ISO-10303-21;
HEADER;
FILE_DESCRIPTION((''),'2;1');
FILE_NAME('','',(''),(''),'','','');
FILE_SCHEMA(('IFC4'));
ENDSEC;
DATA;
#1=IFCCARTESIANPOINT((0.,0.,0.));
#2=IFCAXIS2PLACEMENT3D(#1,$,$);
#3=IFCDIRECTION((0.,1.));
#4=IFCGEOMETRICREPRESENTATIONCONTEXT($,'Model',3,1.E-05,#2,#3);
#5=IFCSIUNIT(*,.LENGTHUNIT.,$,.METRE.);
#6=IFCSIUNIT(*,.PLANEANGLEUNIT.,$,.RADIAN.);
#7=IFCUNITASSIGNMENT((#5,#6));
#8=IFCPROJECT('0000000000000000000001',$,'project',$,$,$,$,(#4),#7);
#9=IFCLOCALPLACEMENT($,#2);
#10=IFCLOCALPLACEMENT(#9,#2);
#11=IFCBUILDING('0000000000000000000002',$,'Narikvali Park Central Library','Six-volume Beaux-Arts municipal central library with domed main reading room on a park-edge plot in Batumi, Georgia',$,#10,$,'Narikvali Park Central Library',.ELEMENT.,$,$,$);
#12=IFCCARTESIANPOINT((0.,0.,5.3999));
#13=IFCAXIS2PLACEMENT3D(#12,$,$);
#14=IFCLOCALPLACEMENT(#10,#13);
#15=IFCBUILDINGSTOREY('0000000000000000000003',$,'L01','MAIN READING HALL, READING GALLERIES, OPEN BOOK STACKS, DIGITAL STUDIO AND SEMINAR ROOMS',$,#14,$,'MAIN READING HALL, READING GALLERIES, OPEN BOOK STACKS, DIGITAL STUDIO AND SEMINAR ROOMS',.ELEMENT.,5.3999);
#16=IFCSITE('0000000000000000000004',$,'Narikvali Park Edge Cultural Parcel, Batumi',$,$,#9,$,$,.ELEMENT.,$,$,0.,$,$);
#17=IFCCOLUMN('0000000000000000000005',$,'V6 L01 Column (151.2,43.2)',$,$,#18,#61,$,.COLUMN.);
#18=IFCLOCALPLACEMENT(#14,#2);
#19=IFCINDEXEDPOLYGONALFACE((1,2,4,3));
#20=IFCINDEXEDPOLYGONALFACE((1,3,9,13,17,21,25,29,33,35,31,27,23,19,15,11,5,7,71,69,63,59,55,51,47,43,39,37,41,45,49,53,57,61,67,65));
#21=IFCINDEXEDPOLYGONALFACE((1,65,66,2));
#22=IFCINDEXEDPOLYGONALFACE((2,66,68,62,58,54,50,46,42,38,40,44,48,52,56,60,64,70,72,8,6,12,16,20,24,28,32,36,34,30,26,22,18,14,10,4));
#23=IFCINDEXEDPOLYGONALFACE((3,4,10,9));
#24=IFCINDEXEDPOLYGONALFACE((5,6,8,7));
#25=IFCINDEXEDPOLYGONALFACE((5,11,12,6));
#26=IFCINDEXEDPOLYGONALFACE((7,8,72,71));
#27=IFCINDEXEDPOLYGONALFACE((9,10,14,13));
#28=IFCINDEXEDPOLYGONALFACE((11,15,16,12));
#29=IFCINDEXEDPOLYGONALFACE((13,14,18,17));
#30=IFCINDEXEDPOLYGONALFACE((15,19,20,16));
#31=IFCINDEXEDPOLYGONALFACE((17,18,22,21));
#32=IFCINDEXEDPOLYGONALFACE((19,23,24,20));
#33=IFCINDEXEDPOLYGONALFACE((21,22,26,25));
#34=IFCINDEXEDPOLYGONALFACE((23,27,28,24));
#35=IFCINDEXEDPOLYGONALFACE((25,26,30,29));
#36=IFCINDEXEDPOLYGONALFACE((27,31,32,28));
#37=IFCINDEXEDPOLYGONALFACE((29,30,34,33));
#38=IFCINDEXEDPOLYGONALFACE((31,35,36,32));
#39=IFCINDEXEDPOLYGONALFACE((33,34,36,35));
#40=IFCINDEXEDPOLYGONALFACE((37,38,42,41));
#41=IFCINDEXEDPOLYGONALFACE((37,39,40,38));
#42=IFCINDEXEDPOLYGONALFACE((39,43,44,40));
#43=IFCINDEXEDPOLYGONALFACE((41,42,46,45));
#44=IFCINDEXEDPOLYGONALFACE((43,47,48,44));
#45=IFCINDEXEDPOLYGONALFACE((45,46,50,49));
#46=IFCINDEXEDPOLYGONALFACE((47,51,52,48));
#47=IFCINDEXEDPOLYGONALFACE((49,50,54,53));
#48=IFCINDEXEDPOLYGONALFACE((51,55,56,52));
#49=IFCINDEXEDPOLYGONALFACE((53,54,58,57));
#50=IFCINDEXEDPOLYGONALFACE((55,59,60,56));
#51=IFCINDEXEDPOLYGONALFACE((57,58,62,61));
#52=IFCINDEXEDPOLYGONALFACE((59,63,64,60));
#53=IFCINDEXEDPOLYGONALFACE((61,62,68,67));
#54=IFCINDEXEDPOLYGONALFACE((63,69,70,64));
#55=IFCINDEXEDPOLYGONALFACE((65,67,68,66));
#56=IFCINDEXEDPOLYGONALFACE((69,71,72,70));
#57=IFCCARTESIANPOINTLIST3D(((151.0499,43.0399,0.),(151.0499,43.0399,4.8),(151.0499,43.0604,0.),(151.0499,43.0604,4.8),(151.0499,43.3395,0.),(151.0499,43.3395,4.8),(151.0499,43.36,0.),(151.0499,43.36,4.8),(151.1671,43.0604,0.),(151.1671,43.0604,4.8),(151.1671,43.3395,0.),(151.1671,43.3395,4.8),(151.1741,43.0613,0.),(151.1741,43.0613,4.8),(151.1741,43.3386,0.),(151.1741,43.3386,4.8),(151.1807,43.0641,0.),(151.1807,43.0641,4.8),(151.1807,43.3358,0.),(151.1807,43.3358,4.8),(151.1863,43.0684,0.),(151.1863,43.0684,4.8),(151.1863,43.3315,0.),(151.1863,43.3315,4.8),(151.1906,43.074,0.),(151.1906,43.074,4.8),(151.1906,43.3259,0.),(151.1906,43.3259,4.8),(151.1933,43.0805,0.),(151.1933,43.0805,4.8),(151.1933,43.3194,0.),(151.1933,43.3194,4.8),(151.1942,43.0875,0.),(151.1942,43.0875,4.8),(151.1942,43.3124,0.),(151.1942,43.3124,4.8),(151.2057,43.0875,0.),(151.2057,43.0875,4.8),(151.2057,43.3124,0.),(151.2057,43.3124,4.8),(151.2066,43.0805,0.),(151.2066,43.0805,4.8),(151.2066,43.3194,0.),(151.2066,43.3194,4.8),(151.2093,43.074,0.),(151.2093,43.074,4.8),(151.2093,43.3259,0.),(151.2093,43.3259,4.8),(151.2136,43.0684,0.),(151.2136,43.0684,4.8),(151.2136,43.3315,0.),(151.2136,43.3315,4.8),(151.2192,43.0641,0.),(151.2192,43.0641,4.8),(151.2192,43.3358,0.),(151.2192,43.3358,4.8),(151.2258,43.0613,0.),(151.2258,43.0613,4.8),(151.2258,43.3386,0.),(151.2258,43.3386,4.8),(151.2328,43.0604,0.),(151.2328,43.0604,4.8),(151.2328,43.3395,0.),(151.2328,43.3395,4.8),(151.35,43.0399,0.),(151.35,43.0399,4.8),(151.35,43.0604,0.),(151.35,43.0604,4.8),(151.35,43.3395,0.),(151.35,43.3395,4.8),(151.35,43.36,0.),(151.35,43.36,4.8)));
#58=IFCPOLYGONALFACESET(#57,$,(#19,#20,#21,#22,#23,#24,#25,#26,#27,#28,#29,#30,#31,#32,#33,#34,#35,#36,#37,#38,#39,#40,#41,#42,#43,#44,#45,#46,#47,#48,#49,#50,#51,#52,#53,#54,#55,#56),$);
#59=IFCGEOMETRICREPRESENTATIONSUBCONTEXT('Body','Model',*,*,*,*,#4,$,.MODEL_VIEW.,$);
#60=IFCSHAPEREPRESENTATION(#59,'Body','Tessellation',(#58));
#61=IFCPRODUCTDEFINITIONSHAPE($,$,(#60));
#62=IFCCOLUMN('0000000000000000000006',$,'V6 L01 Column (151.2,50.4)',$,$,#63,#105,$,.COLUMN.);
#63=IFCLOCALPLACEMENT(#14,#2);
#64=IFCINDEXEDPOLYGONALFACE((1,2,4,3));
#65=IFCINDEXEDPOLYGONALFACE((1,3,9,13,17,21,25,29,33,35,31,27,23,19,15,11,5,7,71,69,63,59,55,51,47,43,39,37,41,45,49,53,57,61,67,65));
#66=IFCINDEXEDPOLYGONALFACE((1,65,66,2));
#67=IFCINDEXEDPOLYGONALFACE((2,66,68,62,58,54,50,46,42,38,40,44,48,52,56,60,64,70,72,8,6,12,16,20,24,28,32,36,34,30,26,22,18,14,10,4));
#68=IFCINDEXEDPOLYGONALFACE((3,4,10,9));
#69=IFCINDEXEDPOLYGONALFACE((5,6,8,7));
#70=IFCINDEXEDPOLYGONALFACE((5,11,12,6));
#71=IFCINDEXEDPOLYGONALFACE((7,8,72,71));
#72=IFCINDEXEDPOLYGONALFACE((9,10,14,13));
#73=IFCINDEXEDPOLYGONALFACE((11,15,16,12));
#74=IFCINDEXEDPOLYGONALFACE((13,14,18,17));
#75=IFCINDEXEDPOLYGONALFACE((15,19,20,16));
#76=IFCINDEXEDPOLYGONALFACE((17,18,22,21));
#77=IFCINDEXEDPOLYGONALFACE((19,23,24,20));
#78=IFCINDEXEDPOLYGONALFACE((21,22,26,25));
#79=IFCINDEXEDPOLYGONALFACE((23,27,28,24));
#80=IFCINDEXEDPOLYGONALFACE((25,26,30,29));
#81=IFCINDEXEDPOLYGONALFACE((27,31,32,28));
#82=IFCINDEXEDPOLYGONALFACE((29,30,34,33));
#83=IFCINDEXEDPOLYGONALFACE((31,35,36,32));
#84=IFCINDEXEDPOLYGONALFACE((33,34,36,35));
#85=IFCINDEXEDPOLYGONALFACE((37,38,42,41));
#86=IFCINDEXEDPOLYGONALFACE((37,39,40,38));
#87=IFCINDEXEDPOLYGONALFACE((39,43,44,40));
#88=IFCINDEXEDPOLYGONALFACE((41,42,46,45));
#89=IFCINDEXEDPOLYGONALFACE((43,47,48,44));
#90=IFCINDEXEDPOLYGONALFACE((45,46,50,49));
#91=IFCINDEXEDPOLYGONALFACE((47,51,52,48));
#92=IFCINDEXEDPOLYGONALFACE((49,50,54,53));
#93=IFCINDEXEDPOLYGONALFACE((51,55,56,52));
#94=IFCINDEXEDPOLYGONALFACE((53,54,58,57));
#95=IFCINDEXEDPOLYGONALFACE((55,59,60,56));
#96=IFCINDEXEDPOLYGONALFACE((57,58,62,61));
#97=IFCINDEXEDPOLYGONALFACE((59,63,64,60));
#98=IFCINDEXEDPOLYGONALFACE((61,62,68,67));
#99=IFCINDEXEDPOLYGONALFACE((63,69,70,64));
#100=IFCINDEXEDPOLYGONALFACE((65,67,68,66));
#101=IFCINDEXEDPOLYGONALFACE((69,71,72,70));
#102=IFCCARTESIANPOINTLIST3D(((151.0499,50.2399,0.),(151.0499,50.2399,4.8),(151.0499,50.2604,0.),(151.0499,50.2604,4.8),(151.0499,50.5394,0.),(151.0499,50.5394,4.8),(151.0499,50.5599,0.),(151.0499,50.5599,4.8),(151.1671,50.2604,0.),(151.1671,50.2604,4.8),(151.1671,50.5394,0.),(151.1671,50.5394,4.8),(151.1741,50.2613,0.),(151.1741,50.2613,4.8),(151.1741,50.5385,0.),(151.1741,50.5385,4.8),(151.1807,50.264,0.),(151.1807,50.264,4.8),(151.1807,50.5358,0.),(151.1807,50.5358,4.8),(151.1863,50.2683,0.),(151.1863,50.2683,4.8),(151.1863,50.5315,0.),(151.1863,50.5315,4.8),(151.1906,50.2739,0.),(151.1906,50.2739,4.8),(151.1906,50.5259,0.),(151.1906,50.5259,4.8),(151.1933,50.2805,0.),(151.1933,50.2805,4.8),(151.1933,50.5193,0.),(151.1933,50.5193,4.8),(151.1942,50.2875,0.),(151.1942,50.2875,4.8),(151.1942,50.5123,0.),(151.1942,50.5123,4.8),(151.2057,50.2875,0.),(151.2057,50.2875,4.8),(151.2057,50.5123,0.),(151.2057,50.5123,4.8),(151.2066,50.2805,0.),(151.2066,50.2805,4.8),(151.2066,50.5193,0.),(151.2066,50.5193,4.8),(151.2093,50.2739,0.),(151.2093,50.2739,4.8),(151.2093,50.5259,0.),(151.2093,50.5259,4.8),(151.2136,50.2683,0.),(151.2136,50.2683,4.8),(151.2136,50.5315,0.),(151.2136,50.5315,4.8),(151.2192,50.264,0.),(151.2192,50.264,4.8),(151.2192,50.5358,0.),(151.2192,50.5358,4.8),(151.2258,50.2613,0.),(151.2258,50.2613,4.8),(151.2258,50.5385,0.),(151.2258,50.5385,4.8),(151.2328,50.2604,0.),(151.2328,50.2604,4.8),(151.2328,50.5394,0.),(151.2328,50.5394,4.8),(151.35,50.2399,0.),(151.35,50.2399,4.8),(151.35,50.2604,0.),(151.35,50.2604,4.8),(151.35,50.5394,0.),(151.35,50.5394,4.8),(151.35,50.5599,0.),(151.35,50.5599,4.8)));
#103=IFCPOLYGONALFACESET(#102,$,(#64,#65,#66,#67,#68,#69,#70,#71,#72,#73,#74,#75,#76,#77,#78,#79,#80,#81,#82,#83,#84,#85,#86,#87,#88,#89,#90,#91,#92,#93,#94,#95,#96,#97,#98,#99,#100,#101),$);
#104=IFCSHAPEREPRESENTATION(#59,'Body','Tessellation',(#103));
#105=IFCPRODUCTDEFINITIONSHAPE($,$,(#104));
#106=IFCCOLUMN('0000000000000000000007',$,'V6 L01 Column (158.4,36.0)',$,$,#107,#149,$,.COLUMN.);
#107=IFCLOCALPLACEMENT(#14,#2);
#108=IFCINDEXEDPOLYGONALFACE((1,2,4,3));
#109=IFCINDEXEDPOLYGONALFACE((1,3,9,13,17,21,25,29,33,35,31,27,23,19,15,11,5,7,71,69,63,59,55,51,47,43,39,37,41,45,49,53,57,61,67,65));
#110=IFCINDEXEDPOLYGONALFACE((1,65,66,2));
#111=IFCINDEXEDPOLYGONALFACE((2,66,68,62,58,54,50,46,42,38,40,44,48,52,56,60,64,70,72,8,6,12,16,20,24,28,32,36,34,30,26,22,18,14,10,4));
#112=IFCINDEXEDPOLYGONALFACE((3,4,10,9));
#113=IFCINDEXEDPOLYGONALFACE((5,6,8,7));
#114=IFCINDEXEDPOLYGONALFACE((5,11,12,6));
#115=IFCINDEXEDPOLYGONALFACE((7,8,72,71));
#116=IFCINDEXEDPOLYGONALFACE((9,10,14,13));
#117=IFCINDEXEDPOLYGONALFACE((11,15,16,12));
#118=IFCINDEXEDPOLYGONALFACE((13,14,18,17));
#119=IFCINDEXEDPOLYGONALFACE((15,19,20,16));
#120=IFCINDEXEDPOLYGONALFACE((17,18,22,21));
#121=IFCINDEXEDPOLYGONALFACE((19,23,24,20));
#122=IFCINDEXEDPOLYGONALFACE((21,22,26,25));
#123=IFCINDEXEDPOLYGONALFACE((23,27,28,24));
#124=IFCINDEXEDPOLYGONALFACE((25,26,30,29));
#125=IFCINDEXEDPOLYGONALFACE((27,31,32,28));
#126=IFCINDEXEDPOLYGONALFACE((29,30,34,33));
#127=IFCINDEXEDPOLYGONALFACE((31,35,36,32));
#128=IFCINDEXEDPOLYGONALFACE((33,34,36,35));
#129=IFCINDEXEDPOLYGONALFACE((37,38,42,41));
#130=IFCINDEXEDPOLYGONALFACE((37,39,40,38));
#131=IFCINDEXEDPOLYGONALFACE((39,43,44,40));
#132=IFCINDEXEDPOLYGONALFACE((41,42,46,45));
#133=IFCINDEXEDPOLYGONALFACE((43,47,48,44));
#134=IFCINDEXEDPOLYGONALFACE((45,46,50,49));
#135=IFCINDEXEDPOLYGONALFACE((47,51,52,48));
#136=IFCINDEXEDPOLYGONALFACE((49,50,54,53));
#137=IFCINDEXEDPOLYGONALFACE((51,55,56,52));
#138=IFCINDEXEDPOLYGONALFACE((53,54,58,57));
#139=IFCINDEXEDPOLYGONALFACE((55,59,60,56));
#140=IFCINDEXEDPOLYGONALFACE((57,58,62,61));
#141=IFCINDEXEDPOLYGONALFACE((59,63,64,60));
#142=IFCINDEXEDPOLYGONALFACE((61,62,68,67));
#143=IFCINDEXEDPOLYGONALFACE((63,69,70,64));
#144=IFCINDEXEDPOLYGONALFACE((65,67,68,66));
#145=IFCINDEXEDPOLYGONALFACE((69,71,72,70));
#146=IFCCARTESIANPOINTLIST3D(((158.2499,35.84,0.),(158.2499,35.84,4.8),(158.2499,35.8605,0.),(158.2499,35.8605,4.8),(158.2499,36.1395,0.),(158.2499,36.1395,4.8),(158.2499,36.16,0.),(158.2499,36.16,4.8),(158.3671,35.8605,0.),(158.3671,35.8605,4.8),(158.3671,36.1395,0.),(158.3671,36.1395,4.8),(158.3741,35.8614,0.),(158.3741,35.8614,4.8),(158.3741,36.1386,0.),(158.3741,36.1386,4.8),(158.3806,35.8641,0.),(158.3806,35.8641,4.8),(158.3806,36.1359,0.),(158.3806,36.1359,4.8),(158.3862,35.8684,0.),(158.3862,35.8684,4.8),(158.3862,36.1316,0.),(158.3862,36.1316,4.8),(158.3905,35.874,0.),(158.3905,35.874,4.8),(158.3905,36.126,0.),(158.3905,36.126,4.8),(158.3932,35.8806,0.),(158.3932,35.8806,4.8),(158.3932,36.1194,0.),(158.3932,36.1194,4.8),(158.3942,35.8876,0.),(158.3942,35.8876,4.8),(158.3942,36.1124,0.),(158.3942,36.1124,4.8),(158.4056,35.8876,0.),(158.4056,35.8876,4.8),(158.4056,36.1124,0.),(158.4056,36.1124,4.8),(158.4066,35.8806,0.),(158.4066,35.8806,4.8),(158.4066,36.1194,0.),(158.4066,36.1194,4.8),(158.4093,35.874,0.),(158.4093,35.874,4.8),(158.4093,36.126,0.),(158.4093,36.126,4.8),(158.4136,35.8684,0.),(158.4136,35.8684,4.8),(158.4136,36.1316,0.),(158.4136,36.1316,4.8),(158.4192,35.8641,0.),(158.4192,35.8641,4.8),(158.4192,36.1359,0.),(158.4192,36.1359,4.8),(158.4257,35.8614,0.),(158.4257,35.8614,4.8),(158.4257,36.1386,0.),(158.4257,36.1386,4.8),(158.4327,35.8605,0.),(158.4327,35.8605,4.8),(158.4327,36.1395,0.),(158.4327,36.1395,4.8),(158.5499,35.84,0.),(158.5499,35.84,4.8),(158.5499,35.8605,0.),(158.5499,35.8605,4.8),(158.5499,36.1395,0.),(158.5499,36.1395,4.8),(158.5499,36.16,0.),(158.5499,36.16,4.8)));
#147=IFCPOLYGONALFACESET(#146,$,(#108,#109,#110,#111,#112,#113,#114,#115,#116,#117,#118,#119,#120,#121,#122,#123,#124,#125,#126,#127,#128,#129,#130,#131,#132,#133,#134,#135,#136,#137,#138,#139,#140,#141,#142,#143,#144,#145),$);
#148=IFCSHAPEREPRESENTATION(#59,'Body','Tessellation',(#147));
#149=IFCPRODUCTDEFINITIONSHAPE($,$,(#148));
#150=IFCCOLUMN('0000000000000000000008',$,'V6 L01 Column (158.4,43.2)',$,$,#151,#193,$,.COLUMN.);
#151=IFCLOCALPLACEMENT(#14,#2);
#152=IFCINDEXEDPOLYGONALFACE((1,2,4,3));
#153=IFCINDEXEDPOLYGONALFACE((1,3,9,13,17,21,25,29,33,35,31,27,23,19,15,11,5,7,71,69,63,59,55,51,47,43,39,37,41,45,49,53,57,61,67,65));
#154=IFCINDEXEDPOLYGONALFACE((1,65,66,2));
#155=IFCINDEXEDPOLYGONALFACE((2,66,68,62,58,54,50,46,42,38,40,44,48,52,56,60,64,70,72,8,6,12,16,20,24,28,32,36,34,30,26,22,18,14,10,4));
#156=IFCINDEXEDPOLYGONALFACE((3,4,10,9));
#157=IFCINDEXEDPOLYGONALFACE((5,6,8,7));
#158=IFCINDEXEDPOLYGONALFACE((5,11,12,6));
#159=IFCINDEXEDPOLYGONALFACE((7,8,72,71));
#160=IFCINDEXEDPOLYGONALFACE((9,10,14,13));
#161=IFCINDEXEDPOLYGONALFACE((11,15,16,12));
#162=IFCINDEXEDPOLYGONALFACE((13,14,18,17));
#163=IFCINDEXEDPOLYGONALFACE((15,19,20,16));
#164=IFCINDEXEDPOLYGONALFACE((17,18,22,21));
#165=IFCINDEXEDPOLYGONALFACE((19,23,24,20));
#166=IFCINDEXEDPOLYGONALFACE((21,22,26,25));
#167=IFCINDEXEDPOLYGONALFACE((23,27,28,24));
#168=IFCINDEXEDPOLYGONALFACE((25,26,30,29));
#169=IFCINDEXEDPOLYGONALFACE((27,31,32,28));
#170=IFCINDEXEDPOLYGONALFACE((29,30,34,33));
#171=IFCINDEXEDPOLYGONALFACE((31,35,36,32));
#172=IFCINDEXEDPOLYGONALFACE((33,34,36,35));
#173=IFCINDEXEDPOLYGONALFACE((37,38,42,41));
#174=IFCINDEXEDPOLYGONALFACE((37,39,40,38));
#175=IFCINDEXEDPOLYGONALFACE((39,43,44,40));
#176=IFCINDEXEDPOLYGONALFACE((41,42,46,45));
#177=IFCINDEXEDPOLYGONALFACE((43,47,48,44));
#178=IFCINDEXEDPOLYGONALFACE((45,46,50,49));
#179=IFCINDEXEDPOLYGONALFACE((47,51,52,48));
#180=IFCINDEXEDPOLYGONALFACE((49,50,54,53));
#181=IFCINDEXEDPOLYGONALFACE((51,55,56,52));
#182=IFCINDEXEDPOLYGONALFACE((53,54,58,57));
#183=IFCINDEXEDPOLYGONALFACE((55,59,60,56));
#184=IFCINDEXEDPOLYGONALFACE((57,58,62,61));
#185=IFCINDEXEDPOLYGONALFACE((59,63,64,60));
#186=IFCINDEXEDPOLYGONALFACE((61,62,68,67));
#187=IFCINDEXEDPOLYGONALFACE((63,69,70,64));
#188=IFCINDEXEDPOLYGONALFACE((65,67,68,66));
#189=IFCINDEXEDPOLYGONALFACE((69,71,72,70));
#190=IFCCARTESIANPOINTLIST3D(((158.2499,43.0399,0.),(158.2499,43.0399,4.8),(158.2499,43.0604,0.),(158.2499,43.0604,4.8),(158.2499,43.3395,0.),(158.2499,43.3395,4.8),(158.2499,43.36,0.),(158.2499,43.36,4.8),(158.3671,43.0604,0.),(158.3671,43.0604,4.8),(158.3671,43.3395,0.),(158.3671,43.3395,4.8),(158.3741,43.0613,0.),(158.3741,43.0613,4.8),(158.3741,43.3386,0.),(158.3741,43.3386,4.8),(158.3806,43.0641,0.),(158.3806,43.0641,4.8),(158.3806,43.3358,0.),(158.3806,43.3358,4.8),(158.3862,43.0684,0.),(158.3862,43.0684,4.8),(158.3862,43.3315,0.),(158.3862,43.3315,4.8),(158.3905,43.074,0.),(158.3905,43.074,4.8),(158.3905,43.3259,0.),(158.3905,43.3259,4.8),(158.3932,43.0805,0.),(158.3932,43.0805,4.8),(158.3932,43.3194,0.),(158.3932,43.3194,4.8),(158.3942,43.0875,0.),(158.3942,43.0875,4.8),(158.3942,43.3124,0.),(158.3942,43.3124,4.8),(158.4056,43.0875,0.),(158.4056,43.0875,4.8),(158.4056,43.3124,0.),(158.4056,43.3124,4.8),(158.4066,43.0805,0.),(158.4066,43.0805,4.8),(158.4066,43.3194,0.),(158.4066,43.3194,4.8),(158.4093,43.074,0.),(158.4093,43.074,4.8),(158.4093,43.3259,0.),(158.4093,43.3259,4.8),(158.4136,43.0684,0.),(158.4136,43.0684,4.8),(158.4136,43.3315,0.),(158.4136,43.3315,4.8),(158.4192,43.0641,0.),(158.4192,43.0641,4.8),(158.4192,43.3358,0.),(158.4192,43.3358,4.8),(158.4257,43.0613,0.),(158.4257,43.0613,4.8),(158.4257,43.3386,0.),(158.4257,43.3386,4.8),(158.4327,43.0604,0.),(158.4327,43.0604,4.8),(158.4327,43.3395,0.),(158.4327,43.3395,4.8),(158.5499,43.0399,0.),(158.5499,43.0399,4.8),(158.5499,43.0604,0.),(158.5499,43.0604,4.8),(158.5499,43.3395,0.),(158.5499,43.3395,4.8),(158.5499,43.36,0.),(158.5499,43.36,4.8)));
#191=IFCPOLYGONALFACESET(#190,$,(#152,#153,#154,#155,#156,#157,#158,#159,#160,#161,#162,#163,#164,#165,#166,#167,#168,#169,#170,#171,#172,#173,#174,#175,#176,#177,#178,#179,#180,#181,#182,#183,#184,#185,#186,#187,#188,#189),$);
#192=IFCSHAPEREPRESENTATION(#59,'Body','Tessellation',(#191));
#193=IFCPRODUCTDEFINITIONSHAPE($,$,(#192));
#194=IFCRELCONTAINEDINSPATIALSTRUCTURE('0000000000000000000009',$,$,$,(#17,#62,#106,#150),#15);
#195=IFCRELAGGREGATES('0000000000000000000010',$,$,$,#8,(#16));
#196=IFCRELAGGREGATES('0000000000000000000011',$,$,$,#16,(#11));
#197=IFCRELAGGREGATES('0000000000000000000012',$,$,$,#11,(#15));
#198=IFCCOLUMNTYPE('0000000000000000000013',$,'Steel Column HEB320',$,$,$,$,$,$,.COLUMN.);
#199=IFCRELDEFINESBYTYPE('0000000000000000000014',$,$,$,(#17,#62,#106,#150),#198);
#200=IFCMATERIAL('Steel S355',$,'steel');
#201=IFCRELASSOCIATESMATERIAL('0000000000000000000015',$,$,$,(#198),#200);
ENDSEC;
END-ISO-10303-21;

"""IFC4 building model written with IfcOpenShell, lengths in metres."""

from ifc_helpers import new_model, si_unit, direction, frame, origin, origin_2d, place, context, subcontext, project, spatial, i_section, extrude, material, material_profile, profile_set, type_object, element, save


model = new_model("IFC4")

# Units and contexts
model_context = context("Model", 3, precision=1e-05, world=origin(), true_north=direction((0.0, 1.0)))
body_context = subcontext(model_context, "Body", "Model", "MODEL_VIEW")
ifc_project = project(units=[si_unit("LENGTHUNIT", "METRE"), si_unit("PLANEANGLEUNIT", "RADIAN")], contexts=[model_context])

# Site, building, storey
site_placement = place(None, origin())
site = spatial("IfcSite", under=ifc_project, at=site_placement, Name="Narikvali Park Edge Cultural Parcel, Batumi", CompositionType="ELEMENT", RefElevation=0.0)
building_placement = place(site_placement, origin())
building = spatial("IfcBuilding", under=site, at=building_placement, Name="Narikvali Park Central Library", Description="Six-volume Beaux-Arts municipal central library with domed main reading room on a park-edge plot in Batumi, Georgia", LongName="Narikvali Park Central Library", CompositionType="ELEMENT")
storey_placement = place(building_placement, frame((0.0, 0.0, 5.3999)))
storey = spatial("IfcBuildingStorey", under=building, at=storey_placement, Name="L01", Description="MAIN READING HALL, READING GALLERIES, OPEN BOOK STACKS, DIGITAL STUDIO AND SEMINAR ROOMS", LongName="MAIN READING HALL, READING GALLERIES, OPEN BOOK STACKS, DIGITAL STUDIO AND SEMINAR ROOMS", CompositionType="ELEMENT", Elevation=5.3999)

# Columns
ifc_material_1 = material(Name="Steel S355", Category="steel")
ifc_material_profile_1 = material_profile(ifc_material_1, i_section(OverallWidth=0.3, OverallDepth=0.3201, WebThickness=0.0115, FlangeThickness=0.0205, FilletRadius=0.0271, at=origin_2d()), Name="HEB 320")
ifc_profile_set_1 = profile_set([ifc_material_profile_1], Name="Steel S355")
column_type = type_object("IfcColumnType", Name="Steel Column HEB320", PredefinedType="COLUMN", material=ifc_profile_set_1)
for number, where, z_axis, x_axis, name in (
    (1, (151.2, 43.2, 0.0), (0.0, 0.0, 1.0), (1.0, 0.0, 0.0), "V6 L01 Column (151.2,43.2)"),
    (2, (151.2, 50.3999, 0.0), (0.0, 0.0, 1.0), (1.0, 0.0, 0.0), "V6 L01 Column (151.2,50.4)"),
    (3, (158.3999, 36.0, 0.0), (0.0, 0.0, 1.0), (1.0, 0.0, 0.0), "V6 L01 Column (158.4,36.0)"),
    (4, (158.3999, 43.2, 0.0), (0.0, 0.0, 1.0), (1.0, 0.0, 0.0), "V6 L01 Column (158.4,43.2)"),
):
    element("IfcColumn", number, at=place(storey_placement, frame(where, z_axis=z_axis, x_axis=x_axis)), inside=storey, type_object=column_type, Name=name, PredefinedType="COLUMN", context=body_context, shape_type="SweptSolid", body=[
        extrude(i_section(OverallWidth=0.3, OverallDepth=0.3201, WebThickness=0.0115, FlangeThickness=0.0205, FilletRadius=0.0271, at=origin_2d()), origin(), (0.0, 0.0, 1.0), 4.8),
    ])

save(model, "model.ifc")
